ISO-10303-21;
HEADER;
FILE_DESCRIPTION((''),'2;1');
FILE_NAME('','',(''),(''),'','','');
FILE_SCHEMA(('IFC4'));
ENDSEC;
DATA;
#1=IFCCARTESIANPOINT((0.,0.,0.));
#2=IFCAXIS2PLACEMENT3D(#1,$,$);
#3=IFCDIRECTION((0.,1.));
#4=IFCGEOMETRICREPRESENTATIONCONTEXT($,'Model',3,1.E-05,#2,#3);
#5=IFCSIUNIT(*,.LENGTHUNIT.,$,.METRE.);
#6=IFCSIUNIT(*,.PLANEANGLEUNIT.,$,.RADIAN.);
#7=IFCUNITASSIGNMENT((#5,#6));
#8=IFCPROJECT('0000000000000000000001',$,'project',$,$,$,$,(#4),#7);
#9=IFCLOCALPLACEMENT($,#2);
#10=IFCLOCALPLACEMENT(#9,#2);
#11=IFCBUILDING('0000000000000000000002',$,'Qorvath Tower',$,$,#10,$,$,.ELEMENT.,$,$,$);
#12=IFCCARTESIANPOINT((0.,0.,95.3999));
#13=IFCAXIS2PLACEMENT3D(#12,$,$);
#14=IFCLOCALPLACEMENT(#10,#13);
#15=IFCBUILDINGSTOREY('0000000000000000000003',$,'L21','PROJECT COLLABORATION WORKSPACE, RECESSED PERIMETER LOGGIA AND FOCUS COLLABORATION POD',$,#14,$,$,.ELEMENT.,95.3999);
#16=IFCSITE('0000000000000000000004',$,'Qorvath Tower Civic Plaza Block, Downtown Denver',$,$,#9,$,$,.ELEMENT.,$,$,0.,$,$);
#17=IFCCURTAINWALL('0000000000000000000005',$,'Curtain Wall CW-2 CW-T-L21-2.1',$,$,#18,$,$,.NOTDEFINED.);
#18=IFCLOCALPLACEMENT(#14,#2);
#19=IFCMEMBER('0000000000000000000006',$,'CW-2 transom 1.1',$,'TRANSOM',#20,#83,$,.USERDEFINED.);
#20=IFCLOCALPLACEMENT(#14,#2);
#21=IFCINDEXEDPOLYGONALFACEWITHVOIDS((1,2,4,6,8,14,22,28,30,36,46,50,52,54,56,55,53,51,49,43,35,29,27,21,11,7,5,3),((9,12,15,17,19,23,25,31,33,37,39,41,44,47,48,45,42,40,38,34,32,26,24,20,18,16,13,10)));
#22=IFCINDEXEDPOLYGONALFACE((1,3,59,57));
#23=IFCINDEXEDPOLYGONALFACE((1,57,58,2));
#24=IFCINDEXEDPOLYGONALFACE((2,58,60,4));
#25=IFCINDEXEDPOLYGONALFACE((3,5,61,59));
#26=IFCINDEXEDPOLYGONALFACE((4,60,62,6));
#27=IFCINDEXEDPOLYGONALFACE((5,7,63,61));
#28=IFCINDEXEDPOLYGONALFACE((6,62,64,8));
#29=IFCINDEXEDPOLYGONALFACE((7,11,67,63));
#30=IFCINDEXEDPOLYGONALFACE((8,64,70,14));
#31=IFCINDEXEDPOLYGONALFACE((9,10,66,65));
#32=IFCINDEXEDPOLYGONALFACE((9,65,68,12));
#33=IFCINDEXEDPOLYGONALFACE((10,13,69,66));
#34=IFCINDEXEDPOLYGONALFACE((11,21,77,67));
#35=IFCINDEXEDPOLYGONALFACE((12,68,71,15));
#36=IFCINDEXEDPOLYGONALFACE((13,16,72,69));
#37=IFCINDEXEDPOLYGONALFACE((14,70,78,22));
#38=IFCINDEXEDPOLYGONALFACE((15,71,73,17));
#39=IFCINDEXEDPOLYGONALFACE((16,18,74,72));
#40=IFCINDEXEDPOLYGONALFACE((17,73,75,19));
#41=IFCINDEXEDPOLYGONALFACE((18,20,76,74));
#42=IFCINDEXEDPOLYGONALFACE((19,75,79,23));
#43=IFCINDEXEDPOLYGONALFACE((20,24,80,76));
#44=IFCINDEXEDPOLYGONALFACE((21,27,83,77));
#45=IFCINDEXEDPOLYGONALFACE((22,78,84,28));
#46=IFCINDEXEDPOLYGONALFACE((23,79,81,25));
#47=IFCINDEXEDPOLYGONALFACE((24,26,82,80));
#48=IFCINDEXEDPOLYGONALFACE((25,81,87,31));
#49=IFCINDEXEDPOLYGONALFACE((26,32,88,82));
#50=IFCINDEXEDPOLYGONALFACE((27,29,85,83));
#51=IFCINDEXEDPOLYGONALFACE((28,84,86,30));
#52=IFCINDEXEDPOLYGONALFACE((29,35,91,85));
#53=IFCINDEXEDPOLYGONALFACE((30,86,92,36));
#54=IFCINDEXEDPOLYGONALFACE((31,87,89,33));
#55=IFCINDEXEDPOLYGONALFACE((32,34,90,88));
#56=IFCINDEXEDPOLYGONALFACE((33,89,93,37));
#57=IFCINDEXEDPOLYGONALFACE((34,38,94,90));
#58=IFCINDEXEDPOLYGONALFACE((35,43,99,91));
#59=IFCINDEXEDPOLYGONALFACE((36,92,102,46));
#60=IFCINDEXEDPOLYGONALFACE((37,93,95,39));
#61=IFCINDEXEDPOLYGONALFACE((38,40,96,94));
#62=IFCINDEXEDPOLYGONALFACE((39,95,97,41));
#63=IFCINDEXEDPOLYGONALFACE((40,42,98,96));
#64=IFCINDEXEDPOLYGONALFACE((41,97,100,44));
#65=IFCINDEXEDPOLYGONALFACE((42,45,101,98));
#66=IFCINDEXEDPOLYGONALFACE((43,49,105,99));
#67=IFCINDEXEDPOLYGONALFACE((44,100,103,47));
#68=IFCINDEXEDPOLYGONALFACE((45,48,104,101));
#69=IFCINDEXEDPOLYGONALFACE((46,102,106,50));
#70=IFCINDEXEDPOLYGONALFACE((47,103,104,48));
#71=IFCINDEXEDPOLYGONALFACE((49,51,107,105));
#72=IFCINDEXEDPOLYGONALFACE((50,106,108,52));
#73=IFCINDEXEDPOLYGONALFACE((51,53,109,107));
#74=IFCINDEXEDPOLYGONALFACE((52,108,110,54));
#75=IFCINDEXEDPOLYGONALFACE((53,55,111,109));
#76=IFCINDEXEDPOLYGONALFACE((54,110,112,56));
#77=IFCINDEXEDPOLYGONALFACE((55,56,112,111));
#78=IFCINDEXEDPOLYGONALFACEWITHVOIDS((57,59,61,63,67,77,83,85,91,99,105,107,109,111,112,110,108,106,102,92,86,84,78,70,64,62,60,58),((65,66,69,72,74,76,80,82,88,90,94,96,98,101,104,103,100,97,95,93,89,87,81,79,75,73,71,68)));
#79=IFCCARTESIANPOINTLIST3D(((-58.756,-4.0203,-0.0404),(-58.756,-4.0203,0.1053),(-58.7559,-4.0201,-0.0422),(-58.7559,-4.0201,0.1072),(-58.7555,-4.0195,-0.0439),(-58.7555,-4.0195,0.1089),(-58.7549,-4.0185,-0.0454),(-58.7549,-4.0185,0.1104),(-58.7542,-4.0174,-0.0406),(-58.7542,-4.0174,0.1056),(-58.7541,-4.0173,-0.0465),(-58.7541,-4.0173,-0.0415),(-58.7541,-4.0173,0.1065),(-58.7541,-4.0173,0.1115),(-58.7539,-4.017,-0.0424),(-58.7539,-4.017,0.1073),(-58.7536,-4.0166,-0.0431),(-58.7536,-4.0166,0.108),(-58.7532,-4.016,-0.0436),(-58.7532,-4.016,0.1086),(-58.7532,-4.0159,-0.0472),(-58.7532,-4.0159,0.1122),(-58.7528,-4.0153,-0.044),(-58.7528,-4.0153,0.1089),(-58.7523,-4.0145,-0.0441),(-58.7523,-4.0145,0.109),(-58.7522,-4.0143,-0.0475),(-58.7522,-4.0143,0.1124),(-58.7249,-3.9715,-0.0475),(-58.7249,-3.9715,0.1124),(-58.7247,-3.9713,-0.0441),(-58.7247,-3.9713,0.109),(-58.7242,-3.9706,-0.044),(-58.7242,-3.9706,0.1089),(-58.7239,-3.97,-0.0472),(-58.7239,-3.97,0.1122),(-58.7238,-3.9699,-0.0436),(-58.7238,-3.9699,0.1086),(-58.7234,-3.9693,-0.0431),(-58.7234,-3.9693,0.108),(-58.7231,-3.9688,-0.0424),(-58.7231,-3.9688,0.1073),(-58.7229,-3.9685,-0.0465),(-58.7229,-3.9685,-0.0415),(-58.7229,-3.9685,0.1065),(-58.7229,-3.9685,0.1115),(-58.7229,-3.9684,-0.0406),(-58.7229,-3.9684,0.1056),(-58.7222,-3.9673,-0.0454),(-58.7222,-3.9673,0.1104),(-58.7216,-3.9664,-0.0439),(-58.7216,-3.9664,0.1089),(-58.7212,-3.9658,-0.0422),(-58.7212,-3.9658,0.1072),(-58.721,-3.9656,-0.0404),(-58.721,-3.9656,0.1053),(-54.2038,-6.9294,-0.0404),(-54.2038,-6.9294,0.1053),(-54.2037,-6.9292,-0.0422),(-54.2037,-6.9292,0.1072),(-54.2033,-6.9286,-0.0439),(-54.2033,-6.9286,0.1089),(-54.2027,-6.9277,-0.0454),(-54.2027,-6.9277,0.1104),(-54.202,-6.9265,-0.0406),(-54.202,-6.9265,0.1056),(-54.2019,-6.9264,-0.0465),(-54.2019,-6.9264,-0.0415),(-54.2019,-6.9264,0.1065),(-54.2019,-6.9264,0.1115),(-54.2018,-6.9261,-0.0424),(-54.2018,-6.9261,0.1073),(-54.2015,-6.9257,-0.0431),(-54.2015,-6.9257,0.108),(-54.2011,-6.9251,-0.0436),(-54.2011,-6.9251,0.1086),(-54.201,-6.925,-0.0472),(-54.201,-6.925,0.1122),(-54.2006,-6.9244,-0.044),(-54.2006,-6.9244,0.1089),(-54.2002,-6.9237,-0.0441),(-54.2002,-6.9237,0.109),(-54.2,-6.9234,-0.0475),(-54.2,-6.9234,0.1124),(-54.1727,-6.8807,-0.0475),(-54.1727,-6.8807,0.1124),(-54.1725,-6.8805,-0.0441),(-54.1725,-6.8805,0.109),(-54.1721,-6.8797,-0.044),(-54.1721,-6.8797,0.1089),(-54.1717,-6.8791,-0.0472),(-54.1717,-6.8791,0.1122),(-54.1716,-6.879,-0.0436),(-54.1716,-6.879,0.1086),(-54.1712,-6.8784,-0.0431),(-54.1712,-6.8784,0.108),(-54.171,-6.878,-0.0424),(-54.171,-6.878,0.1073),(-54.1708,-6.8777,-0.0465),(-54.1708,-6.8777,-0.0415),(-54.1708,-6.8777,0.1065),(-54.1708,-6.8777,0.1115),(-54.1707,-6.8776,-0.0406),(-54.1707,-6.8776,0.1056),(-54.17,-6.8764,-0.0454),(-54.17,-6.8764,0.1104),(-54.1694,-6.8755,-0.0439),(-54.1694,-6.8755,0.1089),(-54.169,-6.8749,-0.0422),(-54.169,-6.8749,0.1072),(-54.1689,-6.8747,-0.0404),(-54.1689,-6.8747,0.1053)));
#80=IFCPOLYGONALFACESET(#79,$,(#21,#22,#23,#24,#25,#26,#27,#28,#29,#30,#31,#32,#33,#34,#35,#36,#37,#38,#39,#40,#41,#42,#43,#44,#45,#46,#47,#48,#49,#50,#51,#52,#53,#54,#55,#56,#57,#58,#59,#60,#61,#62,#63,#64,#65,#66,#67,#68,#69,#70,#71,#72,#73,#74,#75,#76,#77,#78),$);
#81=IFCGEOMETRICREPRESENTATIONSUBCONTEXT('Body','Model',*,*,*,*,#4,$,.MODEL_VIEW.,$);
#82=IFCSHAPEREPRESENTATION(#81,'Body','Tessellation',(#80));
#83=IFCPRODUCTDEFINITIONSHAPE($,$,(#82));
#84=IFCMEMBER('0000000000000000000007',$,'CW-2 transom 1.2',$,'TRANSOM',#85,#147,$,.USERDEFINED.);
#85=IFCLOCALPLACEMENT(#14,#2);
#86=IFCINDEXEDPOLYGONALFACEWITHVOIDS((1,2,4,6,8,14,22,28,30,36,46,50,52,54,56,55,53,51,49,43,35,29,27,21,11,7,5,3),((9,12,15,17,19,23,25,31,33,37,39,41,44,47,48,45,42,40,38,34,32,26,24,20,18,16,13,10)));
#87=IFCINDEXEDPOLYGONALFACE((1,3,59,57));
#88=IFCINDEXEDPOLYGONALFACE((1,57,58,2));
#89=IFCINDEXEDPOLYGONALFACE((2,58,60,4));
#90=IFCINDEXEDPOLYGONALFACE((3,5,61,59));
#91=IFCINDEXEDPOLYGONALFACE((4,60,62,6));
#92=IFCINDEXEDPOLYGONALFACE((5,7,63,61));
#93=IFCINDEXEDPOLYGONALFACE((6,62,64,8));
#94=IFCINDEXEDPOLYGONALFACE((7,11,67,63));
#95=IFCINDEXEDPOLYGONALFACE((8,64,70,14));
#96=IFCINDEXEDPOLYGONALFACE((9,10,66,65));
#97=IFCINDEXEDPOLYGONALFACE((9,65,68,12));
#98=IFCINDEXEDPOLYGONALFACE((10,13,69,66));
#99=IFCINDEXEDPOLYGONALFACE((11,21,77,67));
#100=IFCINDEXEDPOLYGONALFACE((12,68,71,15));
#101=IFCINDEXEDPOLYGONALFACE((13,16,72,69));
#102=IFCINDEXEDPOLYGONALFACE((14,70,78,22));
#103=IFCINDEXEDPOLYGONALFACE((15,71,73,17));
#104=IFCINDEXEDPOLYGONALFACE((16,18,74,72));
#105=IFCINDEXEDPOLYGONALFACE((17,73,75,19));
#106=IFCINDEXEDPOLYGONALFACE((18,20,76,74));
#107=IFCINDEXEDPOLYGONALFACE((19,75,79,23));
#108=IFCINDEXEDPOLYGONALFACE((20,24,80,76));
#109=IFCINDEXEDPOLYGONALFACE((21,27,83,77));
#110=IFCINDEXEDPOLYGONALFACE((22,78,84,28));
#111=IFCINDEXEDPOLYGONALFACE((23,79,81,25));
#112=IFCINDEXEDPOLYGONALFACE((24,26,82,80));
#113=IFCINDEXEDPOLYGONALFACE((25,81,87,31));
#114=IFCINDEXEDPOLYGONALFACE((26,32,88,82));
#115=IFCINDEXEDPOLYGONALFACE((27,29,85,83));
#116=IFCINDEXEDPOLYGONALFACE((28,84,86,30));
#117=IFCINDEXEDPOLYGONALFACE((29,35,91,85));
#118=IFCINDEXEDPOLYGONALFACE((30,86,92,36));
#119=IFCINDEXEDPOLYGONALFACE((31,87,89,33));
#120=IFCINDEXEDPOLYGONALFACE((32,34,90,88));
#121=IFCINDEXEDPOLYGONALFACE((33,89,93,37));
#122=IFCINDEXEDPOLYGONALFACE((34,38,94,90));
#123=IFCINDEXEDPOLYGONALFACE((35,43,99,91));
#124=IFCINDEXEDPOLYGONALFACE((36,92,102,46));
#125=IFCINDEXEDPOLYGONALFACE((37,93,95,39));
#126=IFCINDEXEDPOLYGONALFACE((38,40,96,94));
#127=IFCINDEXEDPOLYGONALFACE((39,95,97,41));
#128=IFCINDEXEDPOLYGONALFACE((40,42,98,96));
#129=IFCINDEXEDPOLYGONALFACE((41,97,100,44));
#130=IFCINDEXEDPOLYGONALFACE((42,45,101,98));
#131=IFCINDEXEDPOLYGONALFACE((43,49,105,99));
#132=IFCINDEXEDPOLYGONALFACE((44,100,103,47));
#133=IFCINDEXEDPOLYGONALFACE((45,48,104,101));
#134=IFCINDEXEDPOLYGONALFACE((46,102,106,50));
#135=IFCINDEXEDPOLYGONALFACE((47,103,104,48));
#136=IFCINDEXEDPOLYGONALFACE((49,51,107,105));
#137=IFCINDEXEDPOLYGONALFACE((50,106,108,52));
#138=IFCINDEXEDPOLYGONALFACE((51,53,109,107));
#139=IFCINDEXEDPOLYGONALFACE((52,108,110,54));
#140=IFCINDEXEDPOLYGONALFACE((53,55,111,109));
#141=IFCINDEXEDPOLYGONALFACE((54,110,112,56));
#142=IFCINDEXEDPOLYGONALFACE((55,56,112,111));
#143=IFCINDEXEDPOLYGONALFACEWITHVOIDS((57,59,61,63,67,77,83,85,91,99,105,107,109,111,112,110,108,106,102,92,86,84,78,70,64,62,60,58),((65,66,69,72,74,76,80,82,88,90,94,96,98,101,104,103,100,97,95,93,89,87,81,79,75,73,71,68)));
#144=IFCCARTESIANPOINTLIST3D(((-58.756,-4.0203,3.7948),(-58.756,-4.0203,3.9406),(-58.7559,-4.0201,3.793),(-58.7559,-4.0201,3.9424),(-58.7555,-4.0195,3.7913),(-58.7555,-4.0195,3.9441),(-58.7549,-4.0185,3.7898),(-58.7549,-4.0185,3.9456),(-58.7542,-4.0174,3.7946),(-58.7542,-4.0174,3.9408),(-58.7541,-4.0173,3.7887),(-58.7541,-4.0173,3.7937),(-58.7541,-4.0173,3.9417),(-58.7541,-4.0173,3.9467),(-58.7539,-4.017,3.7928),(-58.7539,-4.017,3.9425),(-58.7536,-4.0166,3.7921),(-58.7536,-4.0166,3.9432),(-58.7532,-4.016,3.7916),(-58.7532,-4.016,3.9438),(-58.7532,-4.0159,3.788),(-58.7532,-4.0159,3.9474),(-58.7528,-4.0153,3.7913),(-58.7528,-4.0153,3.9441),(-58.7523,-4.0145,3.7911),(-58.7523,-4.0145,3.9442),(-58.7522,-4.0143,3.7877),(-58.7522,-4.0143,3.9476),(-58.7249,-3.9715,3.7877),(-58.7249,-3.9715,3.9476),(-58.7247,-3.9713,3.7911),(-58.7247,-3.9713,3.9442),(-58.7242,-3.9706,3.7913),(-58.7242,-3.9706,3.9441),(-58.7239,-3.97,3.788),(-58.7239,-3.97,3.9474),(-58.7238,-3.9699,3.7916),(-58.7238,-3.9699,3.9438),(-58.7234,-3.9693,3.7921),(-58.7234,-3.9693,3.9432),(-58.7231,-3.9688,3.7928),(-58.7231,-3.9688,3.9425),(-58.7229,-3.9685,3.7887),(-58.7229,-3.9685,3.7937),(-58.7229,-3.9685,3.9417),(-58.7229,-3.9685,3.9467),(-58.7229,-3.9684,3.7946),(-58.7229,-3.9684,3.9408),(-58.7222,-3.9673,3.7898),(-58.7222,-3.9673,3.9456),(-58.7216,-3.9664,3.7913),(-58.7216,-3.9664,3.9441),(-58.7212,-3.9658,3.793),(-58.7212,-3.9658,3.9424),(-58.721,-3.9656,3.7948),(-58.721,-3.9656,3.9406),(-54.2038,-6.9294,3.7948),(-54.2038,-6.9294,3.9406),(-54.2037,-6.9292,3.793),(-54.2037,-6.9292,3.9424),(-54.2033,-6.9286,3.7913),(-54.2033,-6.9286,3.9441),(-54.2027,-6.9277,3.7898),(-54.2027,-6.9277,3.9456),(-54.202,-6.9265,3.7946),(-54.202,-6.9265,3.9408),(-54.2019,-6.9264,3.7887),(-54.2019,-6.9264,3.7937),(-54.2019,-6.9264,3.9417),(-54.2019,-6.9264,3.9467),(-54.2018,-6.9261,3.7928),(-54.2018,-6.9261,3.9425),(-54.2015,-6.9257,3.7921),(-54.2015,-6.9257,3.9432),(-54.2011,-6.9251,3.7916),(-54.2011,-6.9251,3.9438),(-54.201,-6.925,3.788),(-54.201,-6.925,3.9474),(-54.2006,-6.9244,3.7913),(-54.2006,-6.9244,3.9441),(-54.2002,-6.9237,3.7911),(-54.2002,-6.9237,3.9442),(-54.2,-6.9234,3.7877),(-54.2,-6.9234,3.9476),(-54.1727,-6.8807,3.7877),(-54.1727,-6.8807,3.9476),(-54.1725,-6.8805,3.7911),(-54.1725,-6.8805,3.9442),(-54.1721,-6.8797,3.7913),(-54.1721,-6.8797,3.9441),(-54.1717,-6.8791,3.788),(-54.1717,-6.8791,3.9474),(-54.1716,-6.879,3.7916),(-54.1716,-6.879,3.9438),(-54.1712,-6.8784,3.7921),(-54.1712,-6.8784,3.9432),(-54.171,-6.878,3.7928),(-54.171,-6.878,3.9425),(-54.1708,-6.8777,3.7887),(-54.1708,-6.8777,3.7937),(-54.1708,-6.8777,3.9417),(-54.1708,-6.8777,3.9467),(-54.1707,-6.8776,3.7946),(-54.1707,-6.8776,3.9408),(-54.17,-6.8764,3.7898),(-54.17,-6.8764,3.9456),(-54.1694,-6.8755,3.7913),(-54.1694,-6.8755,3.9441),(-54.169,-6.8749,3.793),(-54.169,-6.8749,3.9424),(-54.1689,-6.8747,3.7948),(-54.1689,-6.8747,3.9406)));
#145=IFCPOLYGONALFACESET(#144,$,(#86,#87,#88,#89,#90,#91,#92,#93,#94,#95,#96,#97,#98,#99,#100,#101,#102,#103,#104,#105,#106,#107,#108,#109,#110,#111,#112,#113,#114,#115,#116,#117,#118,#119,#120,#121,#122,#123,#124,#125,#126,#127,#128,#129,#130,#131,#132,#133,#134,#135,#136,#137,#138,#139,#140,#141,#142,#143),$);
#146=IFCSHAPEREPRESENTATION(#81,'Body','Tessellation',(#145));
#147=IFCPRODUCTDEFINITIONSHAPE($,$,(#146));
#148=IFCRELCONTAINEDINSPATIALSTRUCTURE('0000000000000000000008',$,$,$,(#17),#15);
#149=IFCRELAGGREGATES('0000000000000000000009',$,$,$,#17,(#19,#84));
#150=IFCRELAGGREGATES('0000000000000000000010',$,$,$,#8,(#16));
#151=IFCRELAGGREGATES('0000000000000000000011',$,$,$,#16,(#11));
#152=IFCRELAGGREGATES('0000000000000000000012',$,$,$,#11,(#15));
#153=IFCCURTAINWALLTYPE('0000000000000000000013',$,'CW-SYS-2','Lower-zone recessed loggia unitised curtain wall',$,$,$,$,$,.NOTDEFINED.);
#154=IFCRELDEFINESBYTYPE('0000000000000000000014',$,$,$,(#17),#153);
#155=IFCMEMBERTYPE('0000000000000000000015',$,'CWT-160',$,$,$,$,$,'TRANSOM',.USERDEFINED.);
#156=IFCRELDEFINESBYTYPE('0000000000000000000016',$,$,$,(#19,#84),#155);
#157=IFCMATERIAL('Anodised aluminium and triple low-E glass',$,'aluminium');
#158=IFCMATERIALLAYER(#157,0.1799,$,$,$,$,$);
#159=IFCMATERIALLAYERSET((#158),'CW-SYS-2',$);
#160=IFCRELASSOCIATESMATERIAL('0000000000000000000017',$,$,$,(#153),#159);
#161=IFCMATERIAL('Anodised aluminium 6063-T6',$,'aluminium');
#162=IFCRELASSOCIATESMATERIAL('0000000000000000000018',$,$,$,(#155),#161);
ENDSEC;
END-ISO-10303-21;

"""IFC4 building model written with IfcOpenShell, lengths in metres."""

from ifc_helpers import new_model, si_unit, direction, frame, origin, origin_2d, place, context, subcontext, project, spatial, hollow_rectangle, extrude, material, layer, layer_set, material_profile, profile_set, type_object, element, aggregate, save


model = new_model("IFC4")

# Units and contexts
model_context = context("Model", 3, precision=1e-05, world=origin(), true_north=direction((0.0, 1.0)))
body_context = subcontext(model_context, "Body", "Model", "MODEL_VIEW")
ifc_project = project(units=[si_unit("LENGTHUNIT", "METRE"), si_unit("PLANEANGLEUNIT", "RADIAN")], contexts=[model_context])

# Site, building, storey
site_placement = place(None, origin())
site = spatial("IfcSite", under=ifc_project, at=site_placement, Name="Qorvath Tower Civic Plaza Block, Downtown Denver", CompositionType="ELEMENT", RefElevation=0.0)
building_placement = place(site_placement, origin())
building = spatial("IfcBuilding", under=site, at=building_placement, Name="Qorvath Tower", CompositionType="ELEMENT")
storey_placement = place(building_placement, frame((0.0, 0.0, 95.3999)))
storey = spatial("IfcBuildingStorey", under=building, at=storey_placement, Name="L21", Description="PROJECT COLLABORATION WORKSPACE, RECESSED PERIMETER LOGGIA AND FOCUS COLLABORATION POD", CompositionType="ELEMENT", Elevation=95.3999)

# Curtain wall, members
ifc_material_1 = material(Name="Anodised aluminium and triple low-E glass", Category="aluminium")
ifc_layer_1 = layer(ifc_material_1, 0.1799)
ifc_layer_set_1 = layer_set([ifc_layer_1], Name="CW-SYS-2")
curtain_wall_type = type_object("IfcCurtainWallType", Name="CW-SYS-2", Description="Lower-zone recessed loggia unitised curtain wall", PredefinedType="NOTDEFINED", material=ifc_layer_set_1)
curtain_wall_placement = place(storey_placement, origin())
curtain_wall = element("IfcCurtainWall", 1, at=curtain_wall_placement, inside=storey, type_object=curtain_wall_type, Name="Curtain Wall CW-2 CW-T-L21-2.1", PredefinedType="NOTDEFINED")
ifc_material_2 = material(Name="Anodised aluminium 6063-T6", Category="aluminium")
ifc_material_profile_1 = material_profile(ifc_material_2, hollow_rectangle(XDim=0.0649, YDim=0.1599, WallThickness=0.0034, InnerFilletRadius=0.0034, OuterFilletRadius=0.0071, at=origin_2d()), Name="CWT 160x65")
ifc_profile_set_1 = profile_set([ifc_material_profile_1], Name="Anodised aluminium 6063-T6")
member_type_1 = type_object("IfcMemberType", Name="CWT-160", ElementType="TRANSOM", PredefinedType="USERDEFINED", material=ifc_profile_set_1)
member_1_placement = place(storey_placement, frame((-58.7385, -3.9929, 0.0325), z_axis=(0.842629, -0.538494, 0.0), x_axis=(0.538494, 0.842629, 0.0)))
member_1 = element("IfcMember", 2, at=member_1_placement, type_object=member_type_1, Name="CW-2 transom 1.1", ObjectType="TRANSOM", PredefinedType="USERDEFINED", context=body_context, shape_type="SweptSolid", body=[
    extrude(hollow_rectangle(XDim=0.0649, YDim=0.1599, WallThickness=0.0034, InnerFilletRadius=0.0034, OuterFilletRadius=0.0071, at=origin_2d()), origin(), (0.0, 0.0, 1.0), 5.4023),
])
member_2_placement = place(storey_placement, frame((-58.7385, -3.9929, 3.8677), z_axis=(0.842629, -0.538494, 0.0), x_axis=(0.538494, 0.842629, 0.0)))
member_2 = element("IfcMember", 3, at=member_2_placement, type_object=member_type_1, Name="CW-2 transom 1.2", ObjectType="TRANSOM", PredefinedType="USERDEFINED", context=body_context, shape_type="SweptSolid", body=[
    extrude(hollow_rectangle(XDim=0.0649, YDim=0.1599, WallThickness=0.0034, InnerFilletRadius=0.0034, OuterFilletRadius=0.0071, at=origin_2d()), origin(), (0.0, 0.0, 1.0), 5.4023),
])
aggregate(curtain_wall, [member_1, member_2])

save(model, "model.ifc")
